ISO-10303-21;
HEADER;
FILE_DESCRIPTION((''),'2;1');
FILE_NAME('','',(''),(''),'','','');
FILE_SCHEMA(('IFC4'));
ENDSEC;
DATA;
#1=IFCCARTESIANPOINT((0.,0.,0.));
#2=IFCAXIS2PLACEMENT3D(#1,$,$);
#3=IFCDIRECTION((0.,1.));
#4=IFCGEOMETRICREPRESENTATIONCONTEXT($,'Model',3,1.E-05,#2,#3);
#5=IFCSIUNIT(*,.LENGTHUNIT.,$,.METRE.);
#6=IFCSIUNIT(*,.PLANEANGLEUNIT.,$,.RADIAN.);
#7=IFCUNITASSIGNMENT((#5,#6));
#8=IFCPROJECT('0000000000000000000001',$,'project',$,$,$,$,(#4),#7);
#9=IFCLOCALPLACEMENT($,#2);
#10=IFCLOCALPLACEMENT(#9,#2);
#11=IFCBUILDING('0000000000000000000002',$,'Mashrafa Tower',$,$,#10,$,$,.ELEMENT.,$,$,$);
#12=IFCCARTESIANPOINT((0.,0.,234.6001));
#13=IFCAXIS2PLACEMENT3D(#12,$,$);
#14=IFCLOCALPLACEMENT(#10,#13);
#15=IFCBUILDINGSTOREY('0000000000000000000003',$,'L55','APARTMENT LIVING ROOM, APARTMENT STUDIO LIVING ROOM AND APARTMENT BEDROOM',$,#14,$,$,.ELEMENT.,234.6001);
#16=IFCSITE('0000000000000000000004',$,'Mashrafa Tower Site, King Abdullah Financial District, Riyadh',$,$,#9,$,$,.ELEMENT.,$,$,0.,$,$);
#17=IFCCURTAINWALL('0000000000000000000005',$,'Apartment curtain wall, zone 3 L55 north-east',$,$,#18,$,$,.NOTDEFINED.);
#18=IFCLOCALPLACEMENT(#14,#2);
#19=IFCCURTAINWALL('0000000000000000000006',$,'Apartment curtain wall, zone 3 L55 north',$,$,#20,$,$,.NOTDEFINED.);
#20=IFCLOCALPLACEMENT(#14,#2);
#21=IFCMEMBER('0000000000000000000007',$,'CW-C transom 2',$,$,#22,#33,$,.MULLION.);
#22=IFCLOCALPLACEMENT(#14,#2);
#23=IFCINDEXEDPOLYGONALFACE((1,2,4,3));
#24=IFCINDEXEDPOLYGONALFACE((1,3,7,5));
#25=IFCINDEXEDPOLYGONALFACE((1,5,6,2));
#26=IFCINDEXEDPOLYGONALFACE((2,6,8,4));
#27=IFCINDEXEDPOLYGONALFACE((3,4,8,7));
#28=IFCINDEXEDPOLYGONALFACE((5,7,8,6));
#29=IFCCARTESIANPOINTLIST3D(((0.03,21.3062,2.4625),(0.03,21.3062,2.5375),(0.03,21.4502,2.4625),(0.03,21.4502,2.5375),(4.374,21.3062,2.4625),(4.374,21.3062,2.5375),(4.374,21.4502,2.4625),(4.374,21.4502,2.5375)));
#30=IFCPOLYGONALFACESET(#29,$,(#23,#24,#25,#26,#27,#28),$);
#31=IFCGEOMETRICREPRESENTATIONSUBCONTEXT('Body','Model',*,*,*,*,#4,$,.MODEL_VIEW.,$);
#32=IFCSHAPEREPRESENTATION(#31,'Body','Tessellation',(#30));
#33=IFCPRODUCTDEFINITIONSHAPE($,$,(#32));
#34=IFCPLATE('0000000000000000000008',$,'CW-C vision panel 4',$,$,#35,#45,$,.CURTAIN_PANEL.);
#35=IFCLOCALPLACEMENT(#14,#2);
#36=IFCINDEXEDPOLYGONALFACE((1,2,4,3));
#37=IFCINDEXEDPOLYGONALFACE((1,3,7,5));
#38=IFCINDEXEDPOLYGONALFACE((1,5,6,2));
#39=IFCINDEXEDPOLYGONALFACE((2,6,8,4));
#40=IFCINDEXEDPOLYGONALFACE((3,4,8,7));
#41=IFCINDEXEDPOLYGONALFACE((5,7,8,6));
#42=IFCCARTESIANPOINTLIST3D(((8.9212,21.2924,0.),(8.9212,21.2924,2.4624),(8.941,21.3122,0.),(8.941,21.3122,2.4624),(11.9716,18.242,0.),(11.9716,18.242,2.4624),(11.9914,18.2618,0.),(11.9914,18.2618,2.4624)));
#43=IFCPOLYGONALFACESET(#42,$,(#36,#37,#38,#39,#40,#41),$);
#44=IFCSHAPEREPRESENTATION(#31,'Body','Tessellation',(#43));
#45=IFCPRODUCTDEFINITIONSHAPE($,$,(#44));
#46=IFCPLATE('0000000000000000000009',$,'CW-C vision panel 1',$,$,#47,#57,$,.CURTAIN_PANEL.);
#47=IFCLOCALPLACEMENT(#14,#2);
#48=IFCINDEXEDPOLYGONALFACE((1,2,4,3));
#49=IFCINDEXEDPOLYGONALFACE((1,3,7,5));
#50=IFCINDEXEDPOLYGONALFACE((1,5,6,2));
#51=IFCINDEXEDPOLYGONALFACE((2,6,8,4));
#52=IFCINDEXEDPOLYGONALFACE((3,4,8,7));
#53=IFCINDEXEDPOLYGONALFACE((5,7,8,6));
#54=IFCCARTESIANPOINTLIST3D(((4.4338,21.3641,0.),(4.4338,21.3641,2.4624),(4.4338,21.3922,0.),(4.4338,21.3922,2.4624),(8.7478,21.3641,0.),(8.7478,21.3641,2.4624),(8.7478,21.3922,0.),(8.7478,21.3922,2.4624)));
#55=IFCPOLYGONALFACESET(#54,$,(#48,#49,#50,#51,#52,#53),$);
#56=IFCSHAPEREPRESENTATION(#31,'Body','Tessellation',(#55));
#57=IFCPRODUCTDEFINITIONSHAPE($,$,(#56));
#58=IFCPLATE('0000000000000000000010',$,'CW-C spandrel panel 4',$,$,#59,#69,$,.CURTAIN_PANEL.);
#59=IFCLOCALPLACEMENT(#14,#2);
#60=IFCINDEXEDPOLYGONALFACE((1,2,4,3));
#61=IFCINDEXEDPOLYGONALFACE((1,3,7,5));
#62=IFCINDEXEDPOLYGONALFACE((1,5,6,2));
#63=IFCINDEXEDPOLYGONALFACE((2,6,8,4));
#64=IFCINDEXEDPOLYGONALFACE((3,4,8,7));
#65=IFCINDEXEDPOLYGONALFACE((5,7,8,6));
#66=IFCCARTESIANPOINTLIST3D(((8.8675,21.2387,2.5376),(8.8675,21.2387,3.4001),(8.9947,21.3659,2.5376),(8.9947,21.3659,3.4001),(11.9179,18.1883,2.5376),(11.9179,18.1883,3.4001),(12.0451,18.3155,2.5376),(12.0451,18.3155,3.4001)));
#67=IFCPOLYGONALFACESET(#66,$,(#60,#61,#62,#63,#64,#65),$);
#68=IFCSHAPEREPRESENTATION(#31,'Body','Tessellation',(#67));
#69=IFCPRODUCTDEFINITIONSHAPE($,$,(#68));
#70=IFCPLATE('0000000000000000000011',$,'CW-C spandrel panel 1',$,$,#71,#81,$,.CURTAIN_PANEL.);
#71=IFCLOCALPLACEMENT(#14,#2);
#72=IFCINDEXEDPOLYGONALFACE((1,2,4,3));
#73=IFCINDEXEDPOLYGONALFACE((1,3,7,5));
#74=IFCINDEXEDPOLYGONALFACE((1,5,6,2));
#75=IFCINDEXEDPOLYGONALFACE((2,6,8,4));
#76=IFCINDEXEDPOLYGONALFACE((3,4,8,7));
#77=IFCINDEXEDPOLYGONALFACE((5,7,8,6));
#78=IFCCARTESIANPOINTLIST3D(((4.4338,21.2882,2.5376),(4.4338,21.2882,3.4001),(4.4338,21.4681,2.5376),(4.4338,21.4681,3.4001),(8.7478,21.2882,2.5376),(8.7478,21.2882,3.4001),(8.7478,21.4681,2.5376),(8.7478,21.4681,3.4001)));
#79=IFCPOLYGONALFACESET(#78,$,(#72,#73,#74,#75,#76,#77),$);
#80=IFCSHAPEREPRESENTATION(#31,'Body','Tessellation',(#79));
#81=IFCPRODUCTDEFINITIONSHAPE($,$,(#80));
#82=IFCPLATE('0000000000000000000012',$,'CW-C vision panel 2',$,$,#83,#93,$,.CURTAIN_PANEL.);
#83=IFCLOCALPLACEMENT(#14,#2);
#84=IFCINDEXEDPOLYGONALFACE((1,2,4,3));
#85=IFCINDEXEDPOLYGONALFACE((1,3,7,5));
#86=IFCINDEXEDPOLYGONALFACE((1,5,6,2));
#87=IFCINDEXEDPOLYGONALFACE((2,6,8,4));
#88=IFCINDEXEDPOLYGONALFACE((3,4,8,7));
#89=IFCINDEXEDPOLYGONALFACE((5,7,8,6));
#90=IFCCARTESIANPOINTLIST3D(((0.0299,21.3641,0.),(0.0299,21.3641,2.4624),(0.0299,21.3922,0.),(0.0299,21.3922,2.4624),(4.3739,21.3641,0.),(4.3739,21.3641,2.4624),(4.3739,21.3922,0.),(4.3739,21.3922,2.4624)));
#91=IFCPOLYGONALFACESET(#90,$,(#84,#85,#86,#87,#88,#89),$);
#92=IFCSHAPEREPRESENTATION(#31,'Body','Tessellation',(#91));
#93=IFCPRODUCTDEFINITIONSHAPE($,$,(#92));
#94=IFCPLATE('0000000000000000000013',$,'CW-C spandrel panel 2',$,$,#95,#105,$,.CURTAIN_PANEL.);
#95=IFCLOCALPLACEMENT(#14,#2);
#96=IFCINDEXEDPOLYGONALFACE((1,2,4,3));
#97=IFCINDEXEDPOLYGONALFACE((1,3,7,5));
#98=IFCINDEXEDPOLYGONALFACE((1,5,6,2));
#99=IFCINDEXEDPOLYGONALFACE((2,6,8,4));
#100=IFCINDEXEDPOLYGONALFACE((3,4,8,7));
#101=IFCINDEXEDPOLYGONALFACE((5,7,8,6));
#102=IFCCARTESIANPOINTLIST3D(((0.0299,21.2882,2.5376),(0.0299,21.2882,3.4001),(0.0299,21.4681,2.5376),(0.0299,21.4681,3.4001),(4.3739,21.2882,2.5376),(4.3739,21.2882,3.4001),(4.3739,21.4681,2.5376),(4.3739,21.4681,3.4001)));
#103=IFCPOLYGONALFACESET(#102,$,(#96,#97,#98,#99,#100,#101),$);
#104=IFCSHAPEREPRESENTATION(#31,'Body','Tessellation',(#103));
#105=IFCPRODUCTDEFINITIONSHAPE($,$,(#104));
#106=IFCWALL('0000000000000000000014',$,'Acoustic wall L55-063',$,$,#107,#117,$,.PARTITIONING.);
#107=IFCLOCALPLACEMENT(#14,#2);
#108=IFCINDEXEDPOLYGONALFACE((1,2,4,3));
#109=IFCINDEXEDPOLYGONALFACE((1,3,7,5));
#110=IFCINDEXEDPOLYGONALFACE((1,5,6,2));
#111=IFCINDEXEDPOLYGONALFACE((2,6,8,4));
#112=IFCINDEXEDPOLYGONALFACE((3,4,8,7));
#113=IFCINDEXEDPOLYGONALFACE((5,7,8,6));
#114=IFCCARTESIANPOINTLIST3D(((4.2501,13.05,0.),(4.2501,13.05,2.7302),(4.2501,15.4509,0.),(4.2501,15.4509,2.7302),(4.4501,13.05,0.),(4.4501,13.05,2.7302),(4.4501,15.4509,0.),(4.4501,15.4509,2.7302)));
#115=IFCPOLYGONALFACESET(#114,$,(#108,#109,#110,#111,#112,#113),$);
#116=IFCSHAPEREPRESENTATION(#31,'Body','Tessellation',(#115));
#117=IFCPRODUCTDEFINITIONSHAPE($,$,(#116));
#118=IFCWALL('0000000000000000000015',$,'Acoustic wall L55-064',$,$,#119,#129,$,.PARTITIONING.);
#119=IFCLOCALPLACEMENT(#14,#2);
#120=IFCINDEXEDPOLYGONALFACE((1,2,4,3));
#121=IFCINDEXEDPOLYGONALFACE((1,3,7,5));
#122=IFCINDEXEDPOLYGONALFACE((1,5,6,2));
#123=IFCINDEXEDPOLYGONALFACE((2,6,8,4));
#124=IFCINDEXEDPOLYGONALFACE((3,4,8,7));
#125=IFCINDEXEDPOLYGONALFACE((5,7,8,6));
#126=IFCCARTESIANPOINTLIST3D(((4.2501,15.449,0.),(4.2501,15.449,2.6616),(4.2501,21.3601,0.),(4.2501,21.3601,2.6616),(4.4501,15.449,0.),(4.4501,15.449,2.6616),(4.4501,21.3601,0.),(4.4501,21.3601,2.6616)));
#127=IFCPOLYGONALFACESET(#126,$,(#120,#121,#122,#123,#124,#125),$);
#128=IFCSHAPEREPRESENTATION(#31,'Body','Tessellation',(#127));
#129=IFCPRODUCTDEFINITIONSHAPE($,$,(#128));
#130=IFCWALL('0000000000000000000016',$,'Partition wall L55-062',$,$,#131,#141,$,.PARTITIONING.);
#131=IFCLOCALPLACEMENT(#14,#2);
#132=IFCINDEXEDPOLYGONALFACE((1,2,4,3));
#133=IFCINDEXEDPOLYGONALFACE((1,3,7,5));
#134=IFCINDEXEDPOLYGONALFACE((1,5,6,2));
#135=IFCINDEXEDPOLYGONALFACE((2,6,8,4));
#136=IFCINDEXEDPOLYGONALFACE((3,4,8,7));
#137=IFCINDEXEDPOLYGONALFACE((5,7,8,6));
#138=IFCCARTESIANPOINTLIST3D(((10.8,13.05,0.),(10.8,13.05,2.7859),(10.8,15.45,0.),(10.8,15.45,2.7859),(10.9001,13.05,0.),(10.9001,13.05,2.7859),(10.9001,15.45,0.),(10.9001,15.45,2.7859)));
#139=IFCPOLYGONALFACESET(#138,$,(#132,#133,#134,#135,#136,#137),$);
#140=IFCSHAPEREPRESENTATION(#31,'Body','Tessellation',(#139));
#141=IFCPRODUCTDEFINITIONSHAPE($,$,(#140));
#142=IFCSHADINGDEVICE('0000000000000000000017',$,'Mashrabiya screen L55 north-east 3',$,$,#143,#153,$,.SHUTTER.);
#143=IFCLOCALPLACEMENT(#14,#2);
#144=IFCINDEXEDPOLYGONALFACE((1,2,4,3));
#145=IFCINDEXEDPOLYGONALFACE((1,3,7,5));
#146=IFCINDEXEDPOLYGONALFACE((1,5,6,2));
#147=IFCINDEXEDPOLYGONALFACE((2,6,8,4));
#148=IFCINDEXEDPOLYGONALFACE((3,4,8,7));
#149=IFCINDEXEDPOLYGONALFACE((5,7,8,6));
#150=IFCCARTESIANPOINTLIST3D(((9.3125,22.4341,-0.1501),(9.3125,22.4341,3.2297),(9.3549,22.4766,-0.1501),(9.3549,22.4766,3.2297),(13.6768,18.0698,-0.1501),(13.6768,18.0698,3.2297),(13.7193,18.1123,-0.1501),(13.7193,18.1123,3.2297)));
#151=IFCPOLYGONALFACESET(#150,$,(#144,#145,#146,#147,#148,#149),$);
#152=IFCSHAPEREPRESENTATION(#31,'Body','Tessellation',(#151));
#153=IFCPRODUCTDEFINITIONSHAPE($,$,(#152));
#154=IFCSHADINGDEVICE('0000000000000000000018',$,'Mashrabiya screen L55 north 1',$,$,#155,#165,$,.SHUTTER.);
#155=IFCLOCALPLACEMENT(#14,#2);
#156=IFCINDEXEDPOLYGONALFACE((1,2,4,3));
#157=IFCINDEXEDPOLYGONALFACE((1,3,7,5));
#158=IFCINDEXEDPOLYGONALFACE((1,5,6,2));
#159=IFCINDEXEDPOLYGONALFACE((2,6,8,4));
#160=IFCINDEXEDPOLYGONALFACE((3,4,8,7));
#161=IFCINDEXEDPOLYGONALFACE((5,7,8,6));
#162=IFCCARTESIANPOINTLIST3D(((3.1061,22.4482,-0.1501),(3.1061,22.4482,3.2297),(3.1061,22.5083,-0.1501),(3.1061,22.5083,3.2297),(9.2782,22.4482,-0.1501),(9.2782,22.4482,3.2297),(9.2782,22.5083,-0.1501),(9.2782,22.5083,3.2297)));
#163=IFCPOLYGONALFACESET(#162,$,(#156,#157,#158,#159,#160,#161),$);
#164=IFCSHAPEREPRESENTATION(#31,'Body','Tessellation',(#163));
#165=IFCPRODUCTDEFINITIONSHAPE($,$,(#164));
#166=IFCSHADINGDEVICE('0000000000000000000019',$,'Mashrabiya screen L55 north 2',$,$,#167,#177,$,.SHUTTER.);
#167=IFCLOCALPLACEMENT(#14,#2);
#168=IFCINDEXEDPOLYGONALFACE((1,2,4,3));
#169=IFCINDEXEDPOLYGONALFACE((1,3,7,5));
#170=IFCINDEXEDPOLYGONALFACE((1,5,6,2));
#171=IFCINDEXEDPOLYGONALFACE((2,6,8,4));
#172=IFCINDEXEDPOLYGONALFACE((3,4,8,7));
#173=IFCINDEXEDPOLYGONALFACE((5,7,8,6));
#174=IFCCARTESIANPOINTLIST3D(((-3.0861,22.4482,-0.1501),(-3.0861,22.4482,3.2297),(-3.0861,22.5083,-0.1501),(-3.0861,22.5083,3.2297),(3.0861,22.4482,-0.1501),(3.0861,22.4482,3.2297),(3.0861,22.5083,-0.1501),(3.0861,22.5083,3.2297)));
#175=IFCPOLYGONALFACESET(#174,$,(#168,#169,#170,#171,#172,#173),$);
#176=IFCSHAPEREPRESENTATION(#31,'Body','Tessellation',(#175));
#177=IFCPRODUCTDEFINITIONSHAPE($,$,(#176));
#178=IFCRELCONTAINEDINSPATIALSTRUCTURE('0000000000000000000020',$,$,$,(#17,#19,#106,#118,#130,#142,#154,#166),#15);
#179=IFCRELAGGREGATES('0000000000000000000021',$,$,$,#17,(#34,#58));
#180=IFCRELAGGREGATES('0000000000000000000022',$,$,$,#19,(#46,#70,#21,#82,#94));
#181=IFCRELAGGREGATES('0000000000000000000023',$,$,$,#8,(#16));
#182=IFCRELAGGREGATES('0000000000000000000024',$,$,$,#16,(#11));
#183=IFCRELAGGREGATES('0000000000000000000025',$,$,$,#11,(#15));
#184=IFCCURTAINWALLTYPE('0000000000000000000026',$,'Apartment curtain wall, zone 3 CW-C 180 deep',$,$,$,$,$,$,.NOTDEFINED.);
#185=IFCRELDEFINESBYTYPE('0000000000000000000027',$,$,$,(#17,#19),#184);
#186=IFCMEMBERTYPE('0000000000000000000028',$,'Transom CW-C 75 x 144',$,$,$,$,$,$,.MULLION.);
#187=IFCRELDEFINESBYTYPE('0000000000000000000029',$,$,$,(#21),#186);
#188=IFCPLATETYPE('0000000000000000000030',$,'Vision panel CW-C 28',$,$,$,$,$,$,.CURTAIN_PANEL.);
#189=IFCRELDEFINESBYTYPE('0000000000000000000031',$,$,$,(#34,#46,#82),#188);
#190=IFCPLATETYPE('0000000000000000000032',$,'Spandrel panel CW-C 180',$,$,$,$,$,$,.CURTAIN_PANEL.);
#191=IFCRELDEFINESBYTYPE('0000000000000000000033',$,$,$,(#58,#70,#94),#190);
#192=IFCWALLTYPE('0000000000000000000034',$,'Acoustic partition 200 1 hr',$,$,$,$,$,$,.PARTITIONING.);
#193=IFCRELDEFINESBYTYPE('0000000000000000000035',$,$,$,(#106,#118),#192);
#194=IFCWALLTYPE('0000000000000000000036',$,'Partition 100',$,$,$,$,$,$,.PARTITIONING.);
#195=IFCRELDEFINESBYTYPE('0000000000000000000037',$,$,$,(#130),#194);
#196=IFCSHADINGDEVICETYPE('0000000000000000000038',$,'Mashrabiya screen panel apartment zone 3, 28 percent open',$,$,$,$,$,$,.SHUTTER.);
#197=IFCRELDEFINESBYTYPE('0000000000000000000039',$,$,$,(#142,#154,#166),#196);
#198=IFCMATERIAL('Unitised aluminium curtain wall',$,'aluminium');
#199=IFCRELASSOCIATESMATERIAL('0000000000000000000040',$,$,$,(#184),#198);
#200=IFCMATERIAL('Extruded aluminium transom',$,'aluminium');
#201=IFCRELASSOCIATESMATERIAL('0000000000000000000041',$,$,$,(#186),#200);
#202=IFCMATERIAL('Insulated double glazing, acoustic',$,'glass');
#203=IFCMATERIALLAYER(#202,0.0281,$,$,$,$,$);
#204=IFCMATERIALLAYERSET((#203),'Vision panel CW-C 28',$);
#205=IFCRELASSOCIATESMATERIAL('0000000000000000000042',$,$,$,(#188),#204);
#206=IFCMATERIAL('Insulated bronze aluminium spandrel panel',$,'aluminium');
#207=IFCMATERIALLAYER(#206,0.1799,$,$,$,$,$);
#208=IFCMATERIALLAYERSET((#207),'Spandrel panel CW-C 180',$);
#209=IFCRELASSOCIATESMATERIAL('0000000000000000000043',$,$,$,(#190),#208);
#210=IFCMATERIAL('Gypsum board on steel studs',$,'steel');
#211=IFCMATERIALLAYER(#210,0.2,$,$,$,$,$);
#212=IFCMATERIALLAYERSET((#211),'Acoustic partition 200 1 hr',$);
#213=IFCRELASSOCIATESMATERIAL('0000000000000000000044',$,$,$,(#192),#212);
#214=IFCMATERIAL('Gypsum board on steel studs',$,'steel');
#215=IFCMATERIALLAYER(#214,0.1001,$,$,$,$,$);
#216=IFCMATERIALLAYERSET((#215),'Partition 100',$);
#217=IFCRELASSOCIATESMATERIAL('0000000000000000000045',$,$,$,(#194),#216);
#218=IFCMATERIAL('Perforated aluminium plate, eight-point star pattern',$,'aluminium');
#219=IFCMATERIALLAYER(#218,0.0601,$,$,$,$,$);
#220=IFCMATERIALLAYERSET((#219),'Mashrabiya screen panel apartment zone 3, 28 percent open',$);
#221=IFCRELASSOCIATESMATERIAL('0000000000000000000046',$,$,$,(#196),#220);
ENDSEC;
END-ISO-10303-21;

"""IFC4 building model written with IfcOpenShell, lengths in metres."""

from ifc_helpers import new_model, si_unit, direction, frame, frame_2d, origin, origin_2d, place, context, subcontext, project, spatial, rectangle, extrude, source, transform, mapped, material, layer, layer_set, material_profile, profile_set, type_object, type_shapes, element, aggregate, save


model = new_model("IFC4")

# Units and contexts
model_context = context("Model", 3, precision=1e-05, world=origin(), true_north=direction((0.0, 1.0)))
body_context = subcontext(model_context, "Body", "Model", "MODEL_VIEW")
ifc_project = project(units=[si_unit("LENGTHUNIT", "METRE"), si_unit("PLANEANGLEUNIT", "RADIAN")], contexts=[model_context])

# Site, building, storey
site_placement = place(None, origin())
site = spatial("IfcSite", under=ifc_project, at=site_placement, Name="Mashrafa Tower Site, King Abdullah Financial District, Riyadh", CompositionType="ELEMENT", RefElevation=0.0)
building_placement = place(site_placement, origin())
building = spatial("IfcBuilding", under=site, at=building_placement, Name="Mashrafa Tower", CompositionType="ELEMENT")
storey_placement = place(building_placement, frame((0.0, 0.0, 234.6001)))
storey = spatial("IfcBuildingStorey", under=building, at=storey_placement, Name="L55", Description="APARTMENT LIVING ROOM, APARTMENT STUDIO LIVING ROOM AND APARTMENT BEDROOM", CompositionType="ELEMENT", Elevation=234.6001)

# Curtain walls
ifc_material_1 = material(Name="Unitised aluminium curtain wall", Category="aluminium")
curtain_wall_type = type_object("IfcCurtainWallType", Name="Apartment curtain wall, zone 3 CW-C 180 deep", PredefinedType="NOTDEFINED", material=ifc_material_1)
curtain_wall_1_placement = place(storey_placement, origin())
curtain_wall_1 = element("IfcCurtainWall", 1, at=curtain_wall_1_placement, inside=storey, type_object=curtain_wall_type, Name="Apartment curtain wall, zone 3 L55 north-east", PredefinedType="NOTDEFINED")
curtain_wall_2_placement = place(storey_placement, origin())
curtain_wall_2 = element("IfcCurtainWall", 2, at=curtain_wall_2_placement, inside=storey, type_object=curtain_wall_type, Name="Apartment curtain wall, zone 3 L55 north", PredefinedType="NOTDEFINED")

# Member
ifc_material_2 = material(Name="Extruded aluminium transom", Category="aluminium")
ifc_material_profile_1 = material_profile(ifc_material_2, rectangle(XDim=0.144, YDim=0.075, at=origin_2d()), Name="Transom 75x144")
ifc_profile_set_1 = profile_set([ifc_material_profile_1], Name="Extruded aluminium transom")
member_type_1 = type_object("IfcMemberType", Name="Transom CW-C 75 x 144", PredefinedType="MULLION", material=ifc_profile_set_1)
shared_shape_1 = source(origin(), body_context, "Body", "SweptSolid", [
    extrude(rectangle(XDim=0.144, YDim=0.075, at=origin_2d()), origin(), (0.0, 0.0, 1.0), 4.344),
])
member_1_placement = place(storey_placement, frame((4.374, 21.3782, 2.5), z_axis=(-1.0, 0.0, 0.0), x_axis=(0.0, -1.0, 0.0)))
member_1 = element("IfcMember", 3, at=member_1_placement, type_object=member_type_1, Name="CW-C transom 2", PredefinedType="MULLION", context=body_context, shape_type="MappedRepresentation", body=[
    mapped(shared_shape_1, transform((0.0, 0.0, 0.0))),
])

# Plates
ifc_material_3 = material(Name="Insulated double glazing, acoustic", Category="glass")
ifc_layer_1 = layer(ifc_material_3, 0.0281)
ifc_layer_set_1 = layer_set([ifc_layer_1], Name="Vision panel CW-C 28")
plate_type_1 = type_object("IfcPlateType", Name="Vision panel CW-C 28", PredefinedType="CURTAIN_PANEL", material=ifc_layer_set_1)
shared_shape_2 = source(origin(), body_context, "Body", "SweptSolid", [
    extrude(rectangle(XDim=4.314, YDim=0.0281, at=origin_2d()), origin(), (0.0, 0.0, 1.0), 2.4624),
])
plate_1_placement = place(storey_placement, frame((10.4563, 19.7771, 0.0), z_axis=(0.0, 0.0, 1.0), x_axis=(-0.707107, 0.707107, 0.0)))
plate_1 = element("IfcPlate", 4, at=plate_1_placement, type_object=plate_type_1, Name="CW-C vision panel 4", PredefinedType="CURTAIN_PANEL", context=body_context, shape_type="MappedRepresentation", body=[
    mapped(shared_shape_2, transform((0.0, 0.0, 0.0))),
])
plate_2_placement = place(storey_placement, frame((6.5908, 21.3782, 0.0), z_axis=(0.0, 0.0, 1.0), x_axis=(-1.0, 0.0, 0.0)))
plate_2 = element("IfcPlate", 5, at=plate_2_placement, type_object=plate_type_1, Name="CW-C vision panel 1", PredefinedType="CURTAIN_PANEL", context=body_context, shape_type="MappedRepresentation", body=[
    mapped(shared_shape_2, transform((0.0, 0.0, 0.0))),
])
ifc_material_4 = material(Name="Insulated bronze aluminium spandrel panel", Category="aluminium")
ifc_layer_2 = layer(ifc_material_4, 0.1799)
ifc_layer_set_2 = layer_set([ifc_layer_2], Name="Spandrel panel CW-C 180")
plate_type_2 = type_object("IfcPlateType", Name="Spandrel panel CW-C 180", PredefinedType="CURTAIN_PANEL", material=ifc_layer_set_2)
shared_shape_3 = source(origin(), body_context, "Body", "SweptSolid", [
    extrude(rectangle(XDim=4.314, YDim=0.1799, at=origin_2d()), origin(), (0.0, 0.0, 1.0), 0.8625),
])
plate_3_placement = place(storey_placement, frame((10.4563, 19.7771, 2.5376), z_axis=(0.0, 0.0, 1.0), x_axis=(-0.707107, 0.707107, 0.0)))
plate_3 = element("IfcPlate", 6, at=plate_3_placement, type_object=plate_type_2, Name="CW-C spandrel panel 4", PredefinedType="CURTAIN_PANEL", context=body_context, shape_type="MappedRepresentation", body=[
    mapped(shared_shape_3, transform((0.0, 0.0, 0.0))),
])
aggregate(curtain_wall_1, [plate_1, plate_3])
plate_4_placement = place(storey_placement, frame((6.5908, 21.3782, 2.5376), z_axis=(0.0, 0.0, 1.0), x_axis=(-1.0, 0.0, 0.0)))
plate_4 = element("IfcPlate", 7, at=plate_4_placement, type_object=plate_type_2, Name="CW-C spandrel panel 1", PredefinedType="CURTAIN_PANEL", context=body_context, shape_type="MappedRepresentation", body=[
    mapped(shared_shape_3, transform((0.0, 0.0, 0.0))),
])
shared_shape_4 = source(origin(), body_context, "Body", "SweptSolid", [
    extrude(rectangle(XDim=4.344, YDim=0.0281, at=origin_2d()), origin(), (0.0, 0.0, 1.0), 2.4624),
])
type_shapes(plate_type_1, [shared_shape_2, shared_shape_4])
plate_5_placement = place(storey_placement, frame((2.2019, 21.3782, 0.0), z_axis=(0.0, 0.0, 1.0), x_axis=(-1.0, 0.0, 0.0)))
plate_5 = element("IfcPlate", 8, at=plate_5_placement, type_object=plate_type_1, Name="CW-C vision panel 2", PredefinedType="CURTAIN_PANEL", context=body_context, shape_type="MappedRepresentation", body=[
    mapped(shared_shape_4, transform((0.0, 0.0, 0.0))),
])
shared_shape_5 = source(origin(), body_context, "Body", "SweptSolid", [
    extrude(rectangle(XDim=4.344, YDim=0.1799, at=origin_2d()), origin(), (0.0, 0.0, 1.0), 0.8625),
])
type_shapes(plate_type_2, [shared_shape_3, shared_shape_5])
plate_6_placement = place(storey_placement, frame((2.2019, 21.3782, 2.5376), z_axis=(0.0, 0.0, 1.0), x_axis=(-1.0, 0.0, 0.0)))
plate_6 = element("IfcPlate", 9, at=plate_6_placement, type_object=plate_type_2, Name="CW-C spandrel panel 2", PredefinedType="CURTAIN_PANEL", context=body_context, shape_type="MappedRepresentation", body=[
    mapped(shared_shape_5, transform((0.0, 0.0, 0.0))),
])
aggregate(curtain_wall_2, [plate_2, plate_4, member_1, plate_5, plate_6])

# Walls
ifc_material_5 = material(Name="Gypsum board on steel studs", Category="steel")
ifc_layer_3 = layer(ifc_material_5, 0.2)
ifc_layer_set_3 = layer_set([ifc_layer_3], Name="Acoustic partition 200 1 hr")
wall_type_1 = type_object("IfcWallType", Name="Acoustic partition 200 1 hr", PredefinedType="PARTITIONING", material=ifc_layer_set_3)
wall_1_placement = place(storey_placement, frame((4.3501, 15.4509, 0.0), z_axis=(0.0, 0.0, 1.0), x_axis=(0.0, -1.0, 0.0)))
element("IfcWall", 10, at=wall_1_placement, inside=storey, type_object=wall_type_1, Name="Acoustic wall L55-063", PredefinedType="PARTITIONING", context=body_context, shape_type="SweptSolid", body=[
    extrude(rectangle(XDim=2.4009, YDim=0.2, at=frame_2d((1.2004, 0.0))), origin(), (0.0, 0.0, 1.0), 2.7302),
])
wall_2_placement = place(storey_placement, frame((4.3501, 21.3601, 0.0), z_axis=(0.0, 0.0, 1.0), x_axis=(0.0, -1.0, 0.0)))
element("IfcWall", 11, at=wall_2_placement, inside=storey, type_object=wall_type_1, Name="Acoustic wall L55-064", PredefinedType="PARTITIONING", context=body_context, shape_type="SweptSolid", body=[
    extrude(rectangle(XDim=5.9111, YDim=0.2, at=frame_2d((2.9556, 0.0))), origin(), (0.0, 0.0, 1.0), 2.6616),
])
ifc_material_6 = material(Name="Gypsum board on steel studs", Category="steel")
ifc_layer_4 = layer(ifc_material_6, 0.1001)
ifc_layer_set_4 = layer_set([ifc_layer_4], Name="Partition 100")
wall_type_2 = type_object("IfcWallType", Name="Partition 100", PredefinedType="PARTITIONING", material=ifc_layer_set_4)
wall_3_placement = place(storey_placement, frame((10.8501, 15.45, 0.0), z_axis=(0.0, 0.0, 1.0), x_axis=(0.0, -1.0, 0.0)))
element("IfcWall", 12, at=wall_3_placement, inside=storey, type_object=wall_type_2, Name="Partition wall L55-062", PredefinedType="PARTITIONING", context=body_context, shape_type="SweptSolid", body=[
    extrude(rectangle(XDim=2.3999, YDim=0.1001, at=frame_2d((1.2, 0.0))), origin(), (0.0, 0.0, 1.0), 2.7859),
])

# Shading devices
ifc_material_7 = material(Name="Perforated aluminium plate, eight-point star pattern", Category="aluminium")
ifc_layer_5 = layer(ifc_material_7, 0.0601)
ifc_layer_set_5 = layer_set([ifc_layer_5], Name="Mashrabiya screen panel apartment zone 3, 28 percent open")
shading_device_type = type_object("IfcShadingDeviceType", Name="Mashrabiya screen panel apartment zone 3, 28 percent open", PredefinedType="SHUTTER", material=ifc_layer_set_5)
shared_shape_6 = source(origin(), body_context, "Body", "SweptSolid", [
    extrude(rectangle(XDim=6.1721, YDim=0.0601, at=origin_2d()), origin(), (0.0, 0.0, 1.0), 3.3799),
])
type_shapes(shading_device_type, [shared_shape_6])
for number, where, z_axis, x_axis, name in (
    (13, (11.5159, 20.2732, -0.1501), (0.0, 0.0, 1.0), (-0.707107, 0.707107, 0.0), "Mashrabiya screen L55 north-east 3"),
    (14, (6.1921, 22.4783, -0.1501), (0.0, 0.0, 1.0), (-1.0, 0.0, 0.0), "Mashrabiya screen L55 north 1"),
    (15, (0.0, 22.4783, -0.1501), (0.0, 0.0, 1.0), (-1.0, 0.0, 0.0), "Mashrabiya screen L55 north 2"),
):
    element("IfcShadingDevice", number, at=place(storey_placement, frame(where, z_axis=z_axis, x_axis=x_axis)), inside=storey, type_object=shading_device_type, Name=name, PredefinedType="SHUTTER", context=body_context, shape_type="MappedRepresentation", body=[
        mapped(shared_shape_6, transform((0.0, 0.0, 0.0))),
    ])

save(model, "model.ifc")
